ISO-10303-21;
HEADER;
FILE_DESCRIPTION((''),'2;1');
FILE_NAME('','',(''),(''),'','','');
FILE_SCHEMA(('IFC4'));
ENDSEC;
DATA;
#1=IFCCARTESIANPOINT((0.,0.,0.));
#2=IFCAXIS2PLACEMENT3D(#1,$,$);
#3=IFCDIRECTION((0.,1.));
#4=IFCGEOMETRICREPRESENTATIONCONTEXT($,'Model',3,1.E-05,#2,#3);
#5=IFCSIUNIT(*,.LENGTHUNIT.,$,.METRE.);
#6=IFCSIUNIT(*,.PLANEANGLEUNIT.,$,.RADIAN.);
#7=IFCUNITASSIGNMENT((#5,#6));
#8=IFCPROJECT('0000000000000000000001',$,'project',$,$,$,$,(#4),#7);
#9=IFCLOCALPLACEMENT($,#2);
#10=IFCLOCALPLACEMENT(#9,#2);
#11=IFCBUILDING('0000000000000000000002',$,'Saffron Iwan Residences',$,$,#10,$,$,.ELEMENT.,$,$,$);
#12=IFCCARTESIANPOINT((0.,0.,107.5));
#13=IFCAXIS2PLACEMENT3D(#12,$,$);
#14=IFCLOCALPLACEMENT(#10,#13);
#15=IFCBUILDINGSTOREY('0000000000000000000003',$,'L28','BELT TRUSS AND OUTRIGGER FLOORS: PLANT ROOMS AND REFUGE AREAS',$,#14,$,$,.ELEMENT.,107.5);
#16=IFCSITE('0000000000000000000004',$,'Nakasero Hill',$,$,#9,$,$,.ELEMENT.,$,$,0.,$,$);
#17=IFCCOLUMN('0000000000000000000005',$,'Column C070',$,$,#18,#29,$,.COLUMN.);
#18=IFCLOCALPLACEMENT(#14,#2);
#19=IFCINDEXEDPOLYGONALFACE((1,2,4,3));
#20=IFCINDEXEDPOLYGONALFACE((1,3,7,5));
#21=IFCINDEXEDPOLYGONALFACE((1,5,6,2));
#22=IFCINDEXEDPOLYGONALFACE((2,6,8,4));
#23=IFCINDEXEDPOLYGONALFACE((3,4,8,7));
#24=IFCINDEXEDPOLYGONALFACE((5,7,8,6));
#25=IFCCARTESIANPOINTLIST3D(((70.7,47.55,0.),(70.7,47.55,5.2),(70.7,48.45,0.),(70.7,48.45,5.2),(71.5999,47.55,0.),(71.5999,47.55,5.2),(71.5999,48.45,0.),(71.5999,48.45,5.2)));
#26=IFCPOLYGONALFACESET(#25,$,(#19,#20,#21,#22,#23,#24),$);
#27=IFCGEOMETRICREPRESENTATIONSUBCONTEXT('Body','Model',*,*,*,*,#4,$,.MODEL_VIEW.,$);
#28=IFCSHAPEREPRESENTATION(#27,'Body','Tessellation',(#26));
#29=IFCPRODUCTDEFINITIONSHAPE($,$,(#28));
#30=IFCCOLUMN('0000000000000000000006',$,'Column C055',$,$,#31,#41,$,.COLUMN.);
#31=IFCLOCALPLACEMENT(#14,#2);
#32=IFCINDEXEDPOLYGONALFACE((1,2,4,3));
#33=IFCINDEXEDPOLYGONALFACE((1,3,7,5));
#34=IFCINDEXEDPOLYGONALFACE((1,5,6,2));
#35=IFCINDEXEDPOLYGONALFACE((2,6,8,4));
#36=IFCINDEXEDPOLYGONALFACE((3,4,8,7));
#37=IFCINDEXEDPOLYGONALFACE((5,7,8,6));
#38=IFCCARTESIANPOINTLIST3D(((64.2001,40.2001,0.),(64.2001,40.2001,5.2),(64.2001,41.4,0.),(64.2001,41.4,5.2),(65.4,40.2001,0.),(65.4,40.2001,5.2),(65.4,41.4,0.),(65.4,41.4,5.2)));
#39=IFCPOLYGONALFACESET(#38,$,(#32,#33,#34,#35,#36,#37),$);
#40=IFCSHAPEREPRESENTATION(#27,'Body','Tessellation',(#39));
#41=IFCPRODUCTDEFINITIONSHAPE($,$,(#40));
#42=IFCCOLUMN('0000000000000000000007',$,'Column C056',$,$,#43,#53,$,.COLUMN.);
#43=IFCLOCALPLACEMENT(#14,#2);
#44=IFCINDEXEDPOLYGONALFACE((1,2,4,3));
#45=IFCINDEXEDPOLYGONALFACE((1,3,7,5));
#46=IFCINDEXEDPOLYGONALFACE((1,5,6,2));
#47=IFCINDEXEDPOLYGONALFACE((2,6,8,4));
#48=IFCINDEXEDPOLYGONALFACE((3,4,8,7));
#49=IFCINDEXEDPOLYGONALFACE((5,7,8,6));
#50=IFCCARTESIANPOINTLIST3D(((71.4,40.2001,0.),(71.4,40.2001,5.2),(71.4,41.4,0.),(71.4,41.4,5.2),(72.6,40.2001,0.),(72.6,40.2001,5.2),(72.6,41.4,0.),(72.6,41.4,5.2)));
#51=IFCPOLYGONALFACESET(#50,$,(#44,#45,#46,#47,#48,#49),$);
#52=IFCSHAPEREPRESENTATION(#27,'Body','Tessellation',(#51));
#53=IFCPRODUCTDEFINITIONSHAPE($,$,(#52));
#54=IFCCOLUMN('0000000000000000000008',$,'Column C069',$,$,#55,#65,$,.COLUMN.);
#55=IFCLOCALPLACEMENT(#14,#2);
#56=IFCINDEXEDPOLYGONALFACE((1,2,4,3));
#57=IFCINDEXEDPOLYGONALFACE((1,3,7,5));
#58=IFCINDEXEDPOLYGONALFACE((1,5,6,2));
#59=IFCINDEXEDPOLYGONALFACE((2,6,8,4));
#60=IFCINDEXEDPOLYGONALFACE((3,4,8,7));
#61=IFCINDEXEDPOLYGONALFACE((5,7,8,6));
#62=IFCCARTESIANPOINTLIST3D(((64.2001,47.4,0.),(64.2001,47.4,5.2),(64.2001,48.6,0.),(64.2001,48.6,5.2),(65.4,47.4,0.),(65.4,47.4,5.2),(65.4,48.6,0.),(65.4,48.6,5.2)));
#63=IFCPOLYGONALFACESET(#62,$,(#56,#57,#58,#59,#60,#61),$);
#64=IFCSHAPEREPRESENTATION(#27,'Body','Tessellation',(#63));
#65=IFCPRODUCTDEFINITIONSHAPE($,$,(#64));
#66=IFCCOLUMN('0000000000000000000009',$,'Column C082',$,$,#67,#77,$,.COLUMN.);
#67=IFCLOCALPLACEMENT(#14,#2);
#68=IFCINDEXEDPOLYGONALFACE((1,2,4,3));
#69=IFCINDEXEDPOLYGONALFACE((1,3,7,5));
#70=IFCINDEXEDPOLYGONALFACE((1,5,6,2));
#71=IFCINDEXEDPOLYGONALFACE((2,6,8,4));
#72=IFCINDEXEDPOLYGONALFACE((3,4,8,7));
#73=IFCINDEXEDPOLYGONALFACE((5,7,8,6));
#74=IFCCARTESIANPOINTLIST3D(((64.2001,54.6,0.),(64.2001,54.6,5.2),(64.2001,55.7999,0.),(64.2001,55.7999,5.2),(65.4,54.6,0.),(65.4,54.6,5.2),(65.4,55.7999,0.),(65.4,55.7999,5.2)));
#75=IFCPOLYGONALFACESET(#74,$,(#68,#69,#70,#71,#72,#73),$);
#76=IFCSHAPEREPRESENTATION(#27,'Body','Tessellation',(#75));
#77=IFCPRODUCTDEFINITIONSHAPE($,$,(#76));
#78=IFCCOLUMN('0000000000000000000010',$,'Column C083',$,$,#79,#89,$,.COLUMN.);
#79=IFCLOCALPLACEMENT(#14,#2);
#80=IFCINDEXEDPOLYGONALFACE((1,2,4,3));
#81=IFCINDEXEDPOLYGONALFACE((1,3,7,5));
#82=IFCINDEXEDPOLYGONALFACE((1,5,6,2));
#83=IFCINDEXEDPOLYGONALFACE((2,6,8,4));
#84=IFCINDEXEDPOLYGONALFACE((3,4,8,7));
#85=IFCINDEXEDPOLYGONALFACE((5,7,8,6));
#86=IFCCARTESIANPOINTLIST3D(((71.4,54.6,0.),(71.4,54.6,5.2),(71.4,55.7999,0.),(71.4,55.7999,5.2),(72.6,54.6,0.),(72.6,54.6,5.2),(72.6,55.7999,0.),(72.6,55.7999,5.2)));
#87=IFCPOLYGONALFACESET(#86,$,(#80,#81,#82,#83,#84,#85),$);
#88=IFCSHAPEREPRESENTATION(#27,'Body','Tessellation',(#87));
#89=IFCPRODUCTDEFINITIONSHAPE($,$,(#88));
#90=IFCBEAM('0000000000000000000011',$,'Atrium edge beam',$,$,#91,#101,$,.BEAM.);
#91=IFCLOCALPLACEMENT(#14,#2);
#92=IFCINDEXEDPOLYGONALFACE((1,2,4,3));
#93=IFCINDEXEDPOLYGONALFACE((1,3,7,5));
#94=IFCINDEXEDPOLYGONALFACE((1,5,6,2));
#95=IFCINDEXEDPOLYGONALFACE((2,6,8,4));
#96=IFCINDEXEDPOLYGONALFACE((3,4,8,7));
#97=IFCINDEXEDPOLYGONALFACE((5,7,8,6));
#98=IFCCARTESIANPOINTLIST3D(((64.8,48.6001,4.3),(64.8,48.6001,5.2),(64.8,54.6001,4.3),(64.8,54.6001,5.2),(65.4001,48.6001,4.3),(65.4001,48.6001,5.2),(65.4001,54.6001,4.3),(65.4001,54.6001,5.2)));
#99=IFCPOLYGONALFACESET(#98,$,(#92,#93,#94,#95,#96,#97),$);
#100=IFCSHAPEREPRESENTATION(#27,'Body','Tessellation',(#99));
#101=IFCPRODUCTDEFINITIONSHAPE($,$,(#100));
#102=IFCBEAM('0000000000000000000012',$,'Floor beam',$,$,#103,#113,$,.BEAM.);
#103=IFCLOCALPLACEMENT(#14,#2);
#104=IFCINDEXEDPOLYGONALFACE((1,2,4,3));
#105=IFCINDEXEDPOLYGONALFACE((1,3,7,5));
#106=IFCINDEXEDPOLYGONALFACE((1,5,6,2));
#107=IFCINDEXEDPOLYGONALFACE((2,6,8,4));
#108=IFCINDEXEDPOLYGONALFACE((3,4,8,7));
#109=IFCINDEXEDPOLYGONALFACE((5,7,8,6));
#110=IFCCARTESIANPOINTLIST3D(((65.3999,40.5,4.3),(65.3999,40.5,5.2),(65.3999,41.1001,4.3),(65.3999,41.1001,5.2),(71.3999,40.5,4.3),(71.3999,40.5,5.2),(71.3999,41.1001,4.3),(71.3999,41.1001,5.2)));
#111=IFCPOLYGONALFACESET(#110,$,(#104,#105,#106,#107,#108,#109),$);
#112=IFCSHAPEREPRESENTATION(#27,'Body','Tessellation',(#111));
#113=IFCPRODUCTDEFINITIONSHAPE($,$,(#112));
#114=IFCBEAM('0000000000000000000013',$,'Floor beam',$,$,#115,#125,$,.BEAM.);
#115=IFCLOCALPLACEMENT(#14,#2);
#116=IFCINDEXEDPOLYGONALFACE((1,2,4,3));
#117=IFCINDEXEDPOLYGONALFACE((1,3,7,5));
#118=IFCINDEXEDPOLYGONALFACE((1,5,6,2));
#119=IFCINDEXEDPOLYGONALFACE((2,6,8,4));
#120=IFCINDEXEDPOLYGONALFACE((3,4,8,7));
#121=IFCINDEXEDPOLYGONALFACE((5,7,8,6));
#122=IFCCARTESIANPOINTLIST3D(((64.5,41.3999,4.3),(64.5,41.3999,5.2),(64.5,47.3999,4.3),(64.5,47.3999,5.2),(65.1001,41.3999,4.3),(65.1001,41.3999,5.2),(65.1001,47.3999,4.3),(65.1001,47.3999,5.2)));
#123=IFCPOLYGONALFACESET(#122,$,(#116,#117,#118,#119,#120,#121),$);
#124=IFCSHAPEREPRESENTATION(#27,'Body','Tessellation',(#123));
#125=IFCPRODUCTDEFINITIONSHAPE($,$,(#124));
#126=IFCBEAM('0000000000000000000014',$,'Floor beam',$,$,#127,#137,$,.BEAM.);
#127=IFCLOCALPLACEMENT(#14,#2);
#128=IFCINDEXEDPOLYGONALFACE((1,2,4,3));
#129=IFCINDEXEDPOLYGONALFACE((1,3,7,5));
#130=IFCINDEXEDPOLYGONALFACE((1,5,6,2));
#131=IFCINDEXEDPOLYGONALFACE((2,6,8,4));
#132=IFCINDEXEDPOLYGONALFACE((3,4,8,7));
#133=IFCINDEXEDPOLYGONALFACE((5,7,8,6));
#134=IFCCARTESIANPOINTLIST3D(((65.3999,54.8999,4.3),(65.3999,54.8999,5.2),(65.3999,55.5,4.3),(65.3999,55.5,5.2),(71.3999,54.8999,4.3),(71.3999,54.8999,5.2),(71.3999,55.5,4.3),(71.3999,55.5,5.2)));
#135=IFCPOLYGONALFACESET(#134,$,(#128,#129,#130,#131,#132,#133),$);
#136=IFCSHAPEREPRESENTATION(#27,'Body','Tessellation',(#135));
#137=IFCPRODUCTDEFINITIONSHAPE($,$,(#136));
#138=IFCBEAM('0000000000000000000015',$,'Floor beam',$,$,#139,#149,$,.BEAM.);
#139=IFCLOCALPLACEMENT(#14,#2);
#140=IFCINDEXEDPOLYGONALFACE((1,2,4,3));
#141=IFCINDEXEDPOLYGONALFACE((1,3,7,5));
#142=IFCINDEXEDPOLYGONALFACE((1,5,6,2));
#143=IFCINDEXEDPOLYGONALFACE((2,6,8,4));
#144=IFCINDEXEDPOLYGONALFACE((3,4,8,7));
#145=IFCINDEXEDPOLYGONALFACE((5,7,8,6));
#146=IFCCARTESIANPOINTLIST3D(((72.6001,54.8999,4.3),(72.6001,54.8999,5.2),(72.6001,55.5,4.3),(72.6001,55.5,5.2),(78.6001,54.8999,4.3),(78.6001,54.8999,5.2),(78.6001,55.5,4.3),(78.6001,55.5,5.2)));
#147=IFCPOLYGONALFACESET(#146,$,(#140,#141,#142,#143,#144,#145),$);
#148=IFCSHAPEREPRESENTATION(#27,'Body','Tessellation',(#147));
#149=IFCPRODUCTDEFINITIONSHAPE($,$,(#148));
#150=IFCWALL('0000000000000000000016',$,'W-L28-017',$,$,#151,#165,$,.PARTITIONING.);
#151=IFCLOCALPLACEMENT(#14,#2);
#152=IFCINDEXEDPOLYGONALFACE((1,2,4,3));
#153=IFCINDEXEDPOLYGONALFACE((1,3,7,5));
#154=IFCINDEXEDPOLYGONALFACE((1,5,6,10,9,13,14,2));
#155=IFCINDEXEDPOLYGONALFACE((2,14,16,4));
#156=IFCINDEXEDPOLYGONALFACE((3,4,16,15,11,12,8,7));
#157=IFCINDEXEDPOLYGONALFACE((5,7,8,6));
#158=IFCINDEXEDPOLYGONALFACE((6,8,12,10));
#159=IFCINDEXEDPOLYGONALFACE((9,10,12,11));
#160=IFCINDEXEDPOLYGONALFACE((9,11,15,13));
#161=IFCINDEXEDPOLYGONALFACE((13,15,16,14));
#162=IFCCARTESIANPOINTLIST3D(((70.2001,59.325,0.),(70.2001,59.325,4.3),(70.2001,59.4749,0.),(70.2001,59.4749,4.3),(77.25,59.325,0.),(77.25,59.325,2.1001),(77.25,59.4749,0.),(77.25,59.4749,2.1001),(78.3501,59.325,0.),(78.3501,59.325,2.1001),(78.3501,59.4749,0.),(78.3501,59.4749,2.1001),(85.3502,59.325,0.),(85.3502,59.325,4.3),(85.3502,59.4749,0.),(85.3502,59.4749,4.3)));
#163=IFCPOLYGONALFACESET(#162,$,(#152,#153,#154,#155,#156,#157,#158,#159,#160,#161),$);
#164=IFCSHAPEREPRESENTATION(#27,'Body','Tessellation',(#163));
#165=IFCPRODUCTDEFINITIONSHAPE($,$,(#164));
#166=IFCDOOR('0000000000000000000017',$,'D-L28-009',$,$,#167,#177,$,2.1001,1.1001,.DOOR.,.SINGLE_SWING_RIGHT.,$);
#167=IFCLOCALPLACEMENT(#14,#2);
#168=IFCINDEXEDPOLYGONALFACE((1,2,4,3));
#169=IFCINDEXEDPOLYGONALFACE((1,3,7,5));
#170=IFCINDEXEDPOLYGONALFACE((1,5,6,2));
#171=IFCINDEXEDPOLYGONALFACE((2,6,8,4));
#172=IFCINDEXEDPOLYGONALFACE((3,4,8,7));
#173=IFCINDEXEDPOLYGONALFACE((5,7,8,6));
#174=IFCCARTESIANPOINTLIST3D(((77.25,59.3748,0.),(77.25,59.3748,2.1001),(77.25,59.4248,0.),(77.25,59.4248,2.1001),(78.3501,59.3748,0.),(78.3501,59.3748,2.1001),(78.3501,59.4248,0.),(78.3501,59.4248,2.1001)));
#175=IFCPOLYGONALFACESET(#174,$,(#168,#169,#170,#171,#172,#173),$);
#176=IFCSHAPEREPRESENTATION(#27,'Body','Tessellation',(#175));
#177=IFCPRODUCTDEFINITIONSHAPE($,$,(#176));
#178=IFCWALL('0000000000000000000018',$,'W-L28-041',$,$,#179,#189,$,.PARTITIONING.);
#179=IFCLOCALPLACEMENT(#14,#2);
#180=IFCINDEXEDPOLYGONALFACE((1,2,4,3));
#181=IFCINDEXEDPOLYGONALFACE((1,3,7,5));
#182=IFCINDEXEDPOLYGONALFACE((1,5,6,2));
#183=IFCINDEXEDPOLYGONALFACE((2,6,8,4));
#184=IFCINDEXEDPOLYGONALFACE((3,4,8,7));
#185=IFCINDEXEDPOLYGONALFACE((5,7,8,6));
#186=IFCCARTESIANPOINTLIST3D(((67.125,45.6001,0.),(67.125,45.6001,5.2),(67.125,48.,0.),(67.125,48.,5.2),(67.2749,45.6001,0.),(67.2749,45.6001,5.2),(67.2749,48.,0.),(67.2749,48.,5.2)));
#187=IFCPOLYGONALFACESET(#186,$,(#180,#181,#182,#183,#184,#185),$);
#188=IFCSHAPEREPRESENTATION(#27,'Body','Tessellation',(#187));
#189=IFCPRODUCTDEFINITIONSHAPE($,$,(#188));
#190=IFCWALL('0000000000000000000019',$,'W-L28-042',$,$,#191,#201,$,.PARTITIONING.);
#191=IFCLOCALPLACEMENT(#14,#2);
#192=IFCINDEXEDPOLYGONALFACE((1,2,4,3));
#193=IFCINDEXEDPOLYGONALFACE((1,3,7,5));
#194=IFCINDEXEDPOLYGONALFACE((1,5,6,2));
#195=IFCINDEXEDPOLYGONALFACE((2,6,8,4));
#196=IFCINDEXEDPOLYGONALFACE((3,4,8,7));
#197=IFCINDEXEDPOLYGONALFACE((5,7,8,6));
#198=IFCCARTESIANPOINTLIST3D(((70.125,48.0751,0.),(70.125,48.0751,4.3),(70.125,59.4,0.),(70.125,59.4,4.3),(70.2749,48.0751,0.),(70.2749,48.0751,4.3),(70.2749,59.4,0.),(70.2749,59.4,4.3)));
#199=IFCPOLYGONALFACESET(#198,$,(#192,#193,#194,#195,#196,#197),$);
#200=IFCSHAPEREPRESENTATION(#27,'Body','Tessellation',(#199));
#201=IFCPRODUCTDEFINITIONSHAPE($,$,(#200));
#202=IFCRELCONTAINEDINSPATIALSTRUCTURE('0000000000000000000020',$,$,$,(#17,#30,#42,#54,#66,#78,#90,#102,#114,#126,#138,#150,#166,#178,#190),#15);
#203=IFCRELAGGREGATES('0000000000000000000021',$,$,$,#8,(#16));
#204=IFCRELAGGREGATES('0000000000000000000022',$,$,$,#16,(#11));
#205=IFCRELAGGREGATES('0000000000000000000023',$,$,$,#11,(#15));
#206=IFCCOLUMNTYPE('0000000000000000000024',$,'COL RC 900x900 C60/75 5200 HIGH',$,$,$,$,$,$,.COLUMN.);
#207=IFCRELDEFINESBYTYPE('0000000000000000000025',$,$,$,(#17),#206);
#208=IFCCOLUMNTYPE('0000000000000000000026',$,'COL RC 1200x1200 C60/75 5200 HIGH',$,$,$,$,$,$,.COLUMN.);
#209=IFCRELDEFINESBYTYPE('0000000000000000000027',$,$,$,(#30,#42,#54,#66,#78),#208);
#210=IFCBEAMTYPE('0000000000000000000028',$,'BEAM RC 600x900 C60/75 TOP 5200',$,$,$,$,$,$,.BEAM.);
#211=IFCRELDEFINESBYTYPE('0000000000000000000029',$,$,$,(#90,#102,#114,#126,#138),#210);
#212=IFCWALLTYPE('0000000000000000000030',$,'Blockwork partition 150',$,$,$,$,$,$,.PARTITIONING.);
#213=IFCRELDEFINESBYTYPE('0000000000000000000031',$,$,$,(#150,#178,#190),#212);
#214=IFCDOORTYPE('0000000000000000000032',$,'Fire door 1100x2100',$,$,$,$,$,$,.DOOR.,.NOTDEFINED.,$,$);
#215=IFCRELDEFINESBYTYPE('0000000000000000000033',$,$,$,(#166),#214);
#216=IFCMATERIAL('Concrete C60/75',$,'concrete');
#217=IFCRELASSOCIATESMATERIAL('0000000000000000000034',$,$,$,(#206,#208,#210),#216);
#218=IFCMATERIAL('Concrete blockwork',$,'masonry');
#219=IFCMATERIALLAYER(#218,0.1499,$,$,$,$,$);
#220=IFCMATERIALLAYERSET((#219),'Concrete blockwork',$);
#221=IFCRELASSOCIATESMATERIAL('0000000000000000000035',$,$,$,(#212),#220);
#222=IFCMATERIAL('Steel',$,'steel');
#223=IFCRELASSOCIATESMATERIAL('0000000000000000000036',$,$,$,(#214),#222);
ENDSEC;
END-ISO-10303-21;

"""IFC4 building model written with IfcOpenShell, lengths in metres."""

from ifc_helpers import new_model, si_unit, direction, frame, frame_2d, origin, origin_2d, place, context, subcontext, project, spatial, rectangle, extrude, source, transform, mapped, material, layer, layer_set, material_profile, profile_set, type_object, element, fill, save


model = new_model("IFC4")

# Units and contexts
model_context = context("Model", 3, precision=1e-05, world=origin(), true_north=direction((0.0, 1.0)))
body_context = subcontext(model_context, "Body", "Model", "MODEL_VIEW")
ifc_project = project(units=[si_unit("LENGTHUNIT", "METRE"), si_unit("PLANEANGLEUNIT", "RADIAN")], contexts=[model_context])

# Site, building, storey
site_placement = place(None, origin())
site = spatial("IfcSite", under=ifc_project, at=site_placement, Name="Nakasero Hill", CompositionType="ELEMENT", RefElevation=0.0)
building_placement = place(site_placement, origin())
building = spatial("IfcBuilding", under=site, at=building_placement, Name="Saffron Iwan Residences", CompositionType="ELEMENT")
storey_placement = place(building_placement, frame((0.0, 0.0, 107.5)))
storey = spatial("IfcBuildingStorey", under=building, at=storey_placement, Name="L28", Description="BELT TRUSS AND OUTRIGGER FLOORS: PLANT ROOMS AND REFUGE AREAS", CompositionType="ELEMENT", Elevation=107.5)

# Columns
ifc_material_1 = material(Name="Concrete C60/75", Category="concrete")
ifc_material_profile_1 = material_profile(ifc_material_1, rectangle(XDim=0.8999, YDim=0.8999, at=origin_2d()), Name="RC 900x900")
ifc_profile_set_1 = profile_set([ifc_material_profile_1], Name="Concrete C60/75")
column_type_1 = type_object("IfcColumnType", Name="COL RC 900x900 C60/75 5200 HIGH", PredefinedType="COLUMN", material=ifc_profile_set_1)
shared_shape_1 = source(origin(), body_context, "Body", "SweptSolid", [
    extrude(rectangle(XDim=0.8999, YDim=0.8999, at=origin_2d()), origin(), (0.0, 0.0, 1.0), 5.2),
])
column_placement = place(storey_placement, frame((71.1499, 48.0, 0.0), z_axis=(0.0, 0.0, 1.0), x_axis=(1.0, 0.0, 0.0)))
element("IfcColumn", 1, at=column_placement, inside=storey, type_object=column_type_1, Name="Column C070", PredefinedType="COLUMN", context=body_context, shape_type="MappedRepresentation", body=[
    mapped(shared_shape_1, transform((0.0, 0.0, 0.0))),
])
ifc_material_profile_2 = material_profile(ifc_material_1, rectangle(XDim=1.2, YDim=1.2, at=origin_2d()), Name="RC 1200x1200")
ifc_profile_set_2 = profile_set([ifc_material_profile_2], Name="Concrete C60/75")
column_type_2 = type_object("IfcColumnType", Name="COL RC 1200x1200 C60/75 5200 HIGH", PredefinedType="COLUMN", material=ifc_profile_set_2)
shared_shape_2 = source(origin(), body_context, "Body", "SweptSolid", [
    extrude(rectangle(XDim=1.2, YDim=1.2, at=origin_2d()), origin(), (0.0, 0.0, 1.0), 5.2),
])
for number, where, z_axis, x_axis, name in (
    (2, (64.8, 40.8, 0.0), (0.0, 0.0, 1.0), (1.0, 0.0, 0.0), "Column C055"),
    (3, (72.0, 40.8, 0.0), (0.0, 0.0, 1.0), (1.0, 0.0, 0.0), "Column C056"),
    (4, (64.8, 48.0, 0.0), (0.0, 0.0, 1.0), (1.0, 0.0, 0.0), "Column C069"),
    (5, (64.8, 55.2, 0.0), (0.0, 0.0, 1.0), (1.0, 0.0, 0.0), "Column C082"),
    (6, (72.0, 55.2, 0.0), (0.0, 0.0, 1.0), (1.0, 0.0, 0.0), "Column C083"),
):
    element("IfcColumn", number, at=place(storey_placement, frame(where, z_axis=z_axis, x_axis=x_axis)), inside=storey, type_object=column_type_2, Name=name, PredefinedType="COLUMN", context=body_context, shape_type="MappedRepresentation", body=[
        mapped(shared_shape_2, transform((0.0, 0.0, 0.0))),
    ])

# Beams
ifc_material_profile_3 = material_profile(ifc_material_1, rectangle(XDim=0.6001, YDim=0.8999, at=origin_2d()), Name="RC 600x900")
ifc_profile_set_3 = profile_set([ifc_material_profile_3], Name="Concrete C60/75")
beam_type = type_object("IfcBeamType", Name="BEAM RC 600x900 C60/75 TOP 5200", PredefinedType="BEAM", material=ifc_profile_set_3)
shared_shape_3 = source(origin(), body_context, "Body", "SweptSolid", [
    extrude(rectangle(XDim=0.6001, YDim=0.8999, at=origin_2d()), origin(), (0.0, 0.0, 1.0), 6.0),
])
for number, where, z_axis, x_axis, name in (
    (7, (65.1001, 54.6001, 4.75), (0.0, -1.0, 0.0), (1.0, 0.0, 0.0), "Atrium edge beam"),
    (8, (65.3999, 40.8, 4.75), (1.0, 0.0, 0.0), (0.0, 1.0, 0.0), "Floor beam"),
    (9, (64.8, 41.3999, 4.75), (0.0, 1.0, 0.0), (-1.0, 0.0, 0.0), "Floor beam"),
    (10, (65.3999, 55.2, 4.75), (1.0, 0.0, 0.0), (0.0, 1.0, 0.0), "Floor beam"),
    (11, (72.6001, 55.2, 4.75), (1.0, 0.0, 0.0), (0.0, 1.0, 0.0), "Floor beam"),
):
    element("IfcBeam", number, at=place(storey_placement, frame(where, z_axis=z_axis, x_axis=x_axis)), inside=storey, type_object=beam_type, Name=name, PredefinedType="BEAM", context=body_context, shape_type="MappedRepresentation", body=[
        mapped(shared_shape_3, transform((0.0, 0.0, 0.0))),
    ])

# Shared definitions
ifc_material_2 = material(Name="Concrete blockwork", Category="masonry")
ifc_layer_1 = layer(ifc_material_2, 0.1499)
ifc_layer_set_1 = layer_set([ifc_layer_1], Name="Concrete blockwork")
wall_type_1 = type_object("IfcWallType", Name="Blockwork partition 150", PredefinedType="PARTITIONING", material=ifc_layer_set_1)

# Wall, opening, door
wall_1_placement = place(storey_placement, frame((70.2, 59.3999, 0.0), z_axis=(0.0, 0.0, 1.0), x_axis=(1.0, 0.0, 0.0)))
wall_1 = element("IfcWall", 12, at=wall_1_placement, inside=storey, type_object=wall_type_1, Name="W-L28-017", PredefinedType="PARTITIONING", context=body_context, shape_type="SweptSolid", body=[
    extrude(rectangle(XDim=15.1501, YDim=0.1499, at=frame_2d((7.5752, 0.0))), origin(), (0.0, 0.0, 1.0), 4.3),
])
opening_1_placement = place(wall_1_placement, frame((7.05, 0.0, 0.0)))
opening_1 = element("IfcOpeningElement", 13, at=opening_1_placement, cuts=wall_1, PredefinedType="OPENING", context=body_context, shape_type="SweptSolid", body=[
    extrude(rectangle(XDim=1.1001, YDim=2.1001, at=frame_2d((0.55, 1.05))), frame((0.0, 0.085, 0.0), z_axis=(0.0, -1.0, 0.0), x_axis=(1.0, 0.0, 0.0)), (0.0, 0.0, 1.0), 0.1699),
])
ifc_material_3 = material(Name="Steel", Category="steel")
door_type = type_object("IfcDoorType", Name="Fire door 1100x2100", OperationType="NOTDEFINED", PredefinedType="DOOR", material=ifc_material_3)
door_1_placement = place(opening_1_placement, origin())
door_1 = element("IfcDoor", 14, at=door_1_placement, inside=storey, type_object=door_type, Name="D-L28-009", OperationType="SINGLE_SWING_RIGHT", OverallHeight=2.1001, OverallWidth=1.1001, PredefinedType="DOOR", context=body_context, shape_type="SweptSolid", body=[
    extrude(rectangle(XDim=1.1001, YDim=2.1001, at=frame_2d((0.55, 1.05))), frame((0.0, 0.0249, 0.0), z_axis=(0.0, -1.0, 0.0), x_axis=(1.0, 0.0, 0.0)), (0.0, 0.0, 1.0), 0.05),
])
fill(opening_1, door_1)

# Walls
wall_2_placement = place(storey_placement, frame((67.2, 45.6001, 0.0), z_axis=(0.0, 0.0, 1.0), x_axis=(0.0, 1.0, 0.0)))
element("IfcWall", 15, at=wall_2_placement, inside=storey, type_object=wall_type_1, Name="W-L28-041", PredefinedType="PARTITIONING", context=body_context, shape_type="SweptSolid", body=[
    extrude(rectangle(XDim=2.3999, YDim=0.1499, at=frame_2d((1.2, 0.0))), origin(), (0.0, 0.0, 1.0), 5.2),
])
wall_3_placement = place(storey_placement, frame((70.2, 48.075, 0.0), z_axis=(0.0, 0.0, 1.0), x_axis=(0.0, 1.0, 0.0)))
element("IfcWall", 16, at=wall_3_placement, inside=storey, type_object=wall_type_1, Name="W-L28-042", PredefinedType="PARTITIONING", context=body_context, shape_type="SweptSolid", body=[
    extrude(rectangle(XDim=11.325, YDim=0.1499, at=frame_2d((5.6626, 0.0))), origin(), (0.0, 0.0, 1.0), 4.3),
])

save(model, "model.ifc")
